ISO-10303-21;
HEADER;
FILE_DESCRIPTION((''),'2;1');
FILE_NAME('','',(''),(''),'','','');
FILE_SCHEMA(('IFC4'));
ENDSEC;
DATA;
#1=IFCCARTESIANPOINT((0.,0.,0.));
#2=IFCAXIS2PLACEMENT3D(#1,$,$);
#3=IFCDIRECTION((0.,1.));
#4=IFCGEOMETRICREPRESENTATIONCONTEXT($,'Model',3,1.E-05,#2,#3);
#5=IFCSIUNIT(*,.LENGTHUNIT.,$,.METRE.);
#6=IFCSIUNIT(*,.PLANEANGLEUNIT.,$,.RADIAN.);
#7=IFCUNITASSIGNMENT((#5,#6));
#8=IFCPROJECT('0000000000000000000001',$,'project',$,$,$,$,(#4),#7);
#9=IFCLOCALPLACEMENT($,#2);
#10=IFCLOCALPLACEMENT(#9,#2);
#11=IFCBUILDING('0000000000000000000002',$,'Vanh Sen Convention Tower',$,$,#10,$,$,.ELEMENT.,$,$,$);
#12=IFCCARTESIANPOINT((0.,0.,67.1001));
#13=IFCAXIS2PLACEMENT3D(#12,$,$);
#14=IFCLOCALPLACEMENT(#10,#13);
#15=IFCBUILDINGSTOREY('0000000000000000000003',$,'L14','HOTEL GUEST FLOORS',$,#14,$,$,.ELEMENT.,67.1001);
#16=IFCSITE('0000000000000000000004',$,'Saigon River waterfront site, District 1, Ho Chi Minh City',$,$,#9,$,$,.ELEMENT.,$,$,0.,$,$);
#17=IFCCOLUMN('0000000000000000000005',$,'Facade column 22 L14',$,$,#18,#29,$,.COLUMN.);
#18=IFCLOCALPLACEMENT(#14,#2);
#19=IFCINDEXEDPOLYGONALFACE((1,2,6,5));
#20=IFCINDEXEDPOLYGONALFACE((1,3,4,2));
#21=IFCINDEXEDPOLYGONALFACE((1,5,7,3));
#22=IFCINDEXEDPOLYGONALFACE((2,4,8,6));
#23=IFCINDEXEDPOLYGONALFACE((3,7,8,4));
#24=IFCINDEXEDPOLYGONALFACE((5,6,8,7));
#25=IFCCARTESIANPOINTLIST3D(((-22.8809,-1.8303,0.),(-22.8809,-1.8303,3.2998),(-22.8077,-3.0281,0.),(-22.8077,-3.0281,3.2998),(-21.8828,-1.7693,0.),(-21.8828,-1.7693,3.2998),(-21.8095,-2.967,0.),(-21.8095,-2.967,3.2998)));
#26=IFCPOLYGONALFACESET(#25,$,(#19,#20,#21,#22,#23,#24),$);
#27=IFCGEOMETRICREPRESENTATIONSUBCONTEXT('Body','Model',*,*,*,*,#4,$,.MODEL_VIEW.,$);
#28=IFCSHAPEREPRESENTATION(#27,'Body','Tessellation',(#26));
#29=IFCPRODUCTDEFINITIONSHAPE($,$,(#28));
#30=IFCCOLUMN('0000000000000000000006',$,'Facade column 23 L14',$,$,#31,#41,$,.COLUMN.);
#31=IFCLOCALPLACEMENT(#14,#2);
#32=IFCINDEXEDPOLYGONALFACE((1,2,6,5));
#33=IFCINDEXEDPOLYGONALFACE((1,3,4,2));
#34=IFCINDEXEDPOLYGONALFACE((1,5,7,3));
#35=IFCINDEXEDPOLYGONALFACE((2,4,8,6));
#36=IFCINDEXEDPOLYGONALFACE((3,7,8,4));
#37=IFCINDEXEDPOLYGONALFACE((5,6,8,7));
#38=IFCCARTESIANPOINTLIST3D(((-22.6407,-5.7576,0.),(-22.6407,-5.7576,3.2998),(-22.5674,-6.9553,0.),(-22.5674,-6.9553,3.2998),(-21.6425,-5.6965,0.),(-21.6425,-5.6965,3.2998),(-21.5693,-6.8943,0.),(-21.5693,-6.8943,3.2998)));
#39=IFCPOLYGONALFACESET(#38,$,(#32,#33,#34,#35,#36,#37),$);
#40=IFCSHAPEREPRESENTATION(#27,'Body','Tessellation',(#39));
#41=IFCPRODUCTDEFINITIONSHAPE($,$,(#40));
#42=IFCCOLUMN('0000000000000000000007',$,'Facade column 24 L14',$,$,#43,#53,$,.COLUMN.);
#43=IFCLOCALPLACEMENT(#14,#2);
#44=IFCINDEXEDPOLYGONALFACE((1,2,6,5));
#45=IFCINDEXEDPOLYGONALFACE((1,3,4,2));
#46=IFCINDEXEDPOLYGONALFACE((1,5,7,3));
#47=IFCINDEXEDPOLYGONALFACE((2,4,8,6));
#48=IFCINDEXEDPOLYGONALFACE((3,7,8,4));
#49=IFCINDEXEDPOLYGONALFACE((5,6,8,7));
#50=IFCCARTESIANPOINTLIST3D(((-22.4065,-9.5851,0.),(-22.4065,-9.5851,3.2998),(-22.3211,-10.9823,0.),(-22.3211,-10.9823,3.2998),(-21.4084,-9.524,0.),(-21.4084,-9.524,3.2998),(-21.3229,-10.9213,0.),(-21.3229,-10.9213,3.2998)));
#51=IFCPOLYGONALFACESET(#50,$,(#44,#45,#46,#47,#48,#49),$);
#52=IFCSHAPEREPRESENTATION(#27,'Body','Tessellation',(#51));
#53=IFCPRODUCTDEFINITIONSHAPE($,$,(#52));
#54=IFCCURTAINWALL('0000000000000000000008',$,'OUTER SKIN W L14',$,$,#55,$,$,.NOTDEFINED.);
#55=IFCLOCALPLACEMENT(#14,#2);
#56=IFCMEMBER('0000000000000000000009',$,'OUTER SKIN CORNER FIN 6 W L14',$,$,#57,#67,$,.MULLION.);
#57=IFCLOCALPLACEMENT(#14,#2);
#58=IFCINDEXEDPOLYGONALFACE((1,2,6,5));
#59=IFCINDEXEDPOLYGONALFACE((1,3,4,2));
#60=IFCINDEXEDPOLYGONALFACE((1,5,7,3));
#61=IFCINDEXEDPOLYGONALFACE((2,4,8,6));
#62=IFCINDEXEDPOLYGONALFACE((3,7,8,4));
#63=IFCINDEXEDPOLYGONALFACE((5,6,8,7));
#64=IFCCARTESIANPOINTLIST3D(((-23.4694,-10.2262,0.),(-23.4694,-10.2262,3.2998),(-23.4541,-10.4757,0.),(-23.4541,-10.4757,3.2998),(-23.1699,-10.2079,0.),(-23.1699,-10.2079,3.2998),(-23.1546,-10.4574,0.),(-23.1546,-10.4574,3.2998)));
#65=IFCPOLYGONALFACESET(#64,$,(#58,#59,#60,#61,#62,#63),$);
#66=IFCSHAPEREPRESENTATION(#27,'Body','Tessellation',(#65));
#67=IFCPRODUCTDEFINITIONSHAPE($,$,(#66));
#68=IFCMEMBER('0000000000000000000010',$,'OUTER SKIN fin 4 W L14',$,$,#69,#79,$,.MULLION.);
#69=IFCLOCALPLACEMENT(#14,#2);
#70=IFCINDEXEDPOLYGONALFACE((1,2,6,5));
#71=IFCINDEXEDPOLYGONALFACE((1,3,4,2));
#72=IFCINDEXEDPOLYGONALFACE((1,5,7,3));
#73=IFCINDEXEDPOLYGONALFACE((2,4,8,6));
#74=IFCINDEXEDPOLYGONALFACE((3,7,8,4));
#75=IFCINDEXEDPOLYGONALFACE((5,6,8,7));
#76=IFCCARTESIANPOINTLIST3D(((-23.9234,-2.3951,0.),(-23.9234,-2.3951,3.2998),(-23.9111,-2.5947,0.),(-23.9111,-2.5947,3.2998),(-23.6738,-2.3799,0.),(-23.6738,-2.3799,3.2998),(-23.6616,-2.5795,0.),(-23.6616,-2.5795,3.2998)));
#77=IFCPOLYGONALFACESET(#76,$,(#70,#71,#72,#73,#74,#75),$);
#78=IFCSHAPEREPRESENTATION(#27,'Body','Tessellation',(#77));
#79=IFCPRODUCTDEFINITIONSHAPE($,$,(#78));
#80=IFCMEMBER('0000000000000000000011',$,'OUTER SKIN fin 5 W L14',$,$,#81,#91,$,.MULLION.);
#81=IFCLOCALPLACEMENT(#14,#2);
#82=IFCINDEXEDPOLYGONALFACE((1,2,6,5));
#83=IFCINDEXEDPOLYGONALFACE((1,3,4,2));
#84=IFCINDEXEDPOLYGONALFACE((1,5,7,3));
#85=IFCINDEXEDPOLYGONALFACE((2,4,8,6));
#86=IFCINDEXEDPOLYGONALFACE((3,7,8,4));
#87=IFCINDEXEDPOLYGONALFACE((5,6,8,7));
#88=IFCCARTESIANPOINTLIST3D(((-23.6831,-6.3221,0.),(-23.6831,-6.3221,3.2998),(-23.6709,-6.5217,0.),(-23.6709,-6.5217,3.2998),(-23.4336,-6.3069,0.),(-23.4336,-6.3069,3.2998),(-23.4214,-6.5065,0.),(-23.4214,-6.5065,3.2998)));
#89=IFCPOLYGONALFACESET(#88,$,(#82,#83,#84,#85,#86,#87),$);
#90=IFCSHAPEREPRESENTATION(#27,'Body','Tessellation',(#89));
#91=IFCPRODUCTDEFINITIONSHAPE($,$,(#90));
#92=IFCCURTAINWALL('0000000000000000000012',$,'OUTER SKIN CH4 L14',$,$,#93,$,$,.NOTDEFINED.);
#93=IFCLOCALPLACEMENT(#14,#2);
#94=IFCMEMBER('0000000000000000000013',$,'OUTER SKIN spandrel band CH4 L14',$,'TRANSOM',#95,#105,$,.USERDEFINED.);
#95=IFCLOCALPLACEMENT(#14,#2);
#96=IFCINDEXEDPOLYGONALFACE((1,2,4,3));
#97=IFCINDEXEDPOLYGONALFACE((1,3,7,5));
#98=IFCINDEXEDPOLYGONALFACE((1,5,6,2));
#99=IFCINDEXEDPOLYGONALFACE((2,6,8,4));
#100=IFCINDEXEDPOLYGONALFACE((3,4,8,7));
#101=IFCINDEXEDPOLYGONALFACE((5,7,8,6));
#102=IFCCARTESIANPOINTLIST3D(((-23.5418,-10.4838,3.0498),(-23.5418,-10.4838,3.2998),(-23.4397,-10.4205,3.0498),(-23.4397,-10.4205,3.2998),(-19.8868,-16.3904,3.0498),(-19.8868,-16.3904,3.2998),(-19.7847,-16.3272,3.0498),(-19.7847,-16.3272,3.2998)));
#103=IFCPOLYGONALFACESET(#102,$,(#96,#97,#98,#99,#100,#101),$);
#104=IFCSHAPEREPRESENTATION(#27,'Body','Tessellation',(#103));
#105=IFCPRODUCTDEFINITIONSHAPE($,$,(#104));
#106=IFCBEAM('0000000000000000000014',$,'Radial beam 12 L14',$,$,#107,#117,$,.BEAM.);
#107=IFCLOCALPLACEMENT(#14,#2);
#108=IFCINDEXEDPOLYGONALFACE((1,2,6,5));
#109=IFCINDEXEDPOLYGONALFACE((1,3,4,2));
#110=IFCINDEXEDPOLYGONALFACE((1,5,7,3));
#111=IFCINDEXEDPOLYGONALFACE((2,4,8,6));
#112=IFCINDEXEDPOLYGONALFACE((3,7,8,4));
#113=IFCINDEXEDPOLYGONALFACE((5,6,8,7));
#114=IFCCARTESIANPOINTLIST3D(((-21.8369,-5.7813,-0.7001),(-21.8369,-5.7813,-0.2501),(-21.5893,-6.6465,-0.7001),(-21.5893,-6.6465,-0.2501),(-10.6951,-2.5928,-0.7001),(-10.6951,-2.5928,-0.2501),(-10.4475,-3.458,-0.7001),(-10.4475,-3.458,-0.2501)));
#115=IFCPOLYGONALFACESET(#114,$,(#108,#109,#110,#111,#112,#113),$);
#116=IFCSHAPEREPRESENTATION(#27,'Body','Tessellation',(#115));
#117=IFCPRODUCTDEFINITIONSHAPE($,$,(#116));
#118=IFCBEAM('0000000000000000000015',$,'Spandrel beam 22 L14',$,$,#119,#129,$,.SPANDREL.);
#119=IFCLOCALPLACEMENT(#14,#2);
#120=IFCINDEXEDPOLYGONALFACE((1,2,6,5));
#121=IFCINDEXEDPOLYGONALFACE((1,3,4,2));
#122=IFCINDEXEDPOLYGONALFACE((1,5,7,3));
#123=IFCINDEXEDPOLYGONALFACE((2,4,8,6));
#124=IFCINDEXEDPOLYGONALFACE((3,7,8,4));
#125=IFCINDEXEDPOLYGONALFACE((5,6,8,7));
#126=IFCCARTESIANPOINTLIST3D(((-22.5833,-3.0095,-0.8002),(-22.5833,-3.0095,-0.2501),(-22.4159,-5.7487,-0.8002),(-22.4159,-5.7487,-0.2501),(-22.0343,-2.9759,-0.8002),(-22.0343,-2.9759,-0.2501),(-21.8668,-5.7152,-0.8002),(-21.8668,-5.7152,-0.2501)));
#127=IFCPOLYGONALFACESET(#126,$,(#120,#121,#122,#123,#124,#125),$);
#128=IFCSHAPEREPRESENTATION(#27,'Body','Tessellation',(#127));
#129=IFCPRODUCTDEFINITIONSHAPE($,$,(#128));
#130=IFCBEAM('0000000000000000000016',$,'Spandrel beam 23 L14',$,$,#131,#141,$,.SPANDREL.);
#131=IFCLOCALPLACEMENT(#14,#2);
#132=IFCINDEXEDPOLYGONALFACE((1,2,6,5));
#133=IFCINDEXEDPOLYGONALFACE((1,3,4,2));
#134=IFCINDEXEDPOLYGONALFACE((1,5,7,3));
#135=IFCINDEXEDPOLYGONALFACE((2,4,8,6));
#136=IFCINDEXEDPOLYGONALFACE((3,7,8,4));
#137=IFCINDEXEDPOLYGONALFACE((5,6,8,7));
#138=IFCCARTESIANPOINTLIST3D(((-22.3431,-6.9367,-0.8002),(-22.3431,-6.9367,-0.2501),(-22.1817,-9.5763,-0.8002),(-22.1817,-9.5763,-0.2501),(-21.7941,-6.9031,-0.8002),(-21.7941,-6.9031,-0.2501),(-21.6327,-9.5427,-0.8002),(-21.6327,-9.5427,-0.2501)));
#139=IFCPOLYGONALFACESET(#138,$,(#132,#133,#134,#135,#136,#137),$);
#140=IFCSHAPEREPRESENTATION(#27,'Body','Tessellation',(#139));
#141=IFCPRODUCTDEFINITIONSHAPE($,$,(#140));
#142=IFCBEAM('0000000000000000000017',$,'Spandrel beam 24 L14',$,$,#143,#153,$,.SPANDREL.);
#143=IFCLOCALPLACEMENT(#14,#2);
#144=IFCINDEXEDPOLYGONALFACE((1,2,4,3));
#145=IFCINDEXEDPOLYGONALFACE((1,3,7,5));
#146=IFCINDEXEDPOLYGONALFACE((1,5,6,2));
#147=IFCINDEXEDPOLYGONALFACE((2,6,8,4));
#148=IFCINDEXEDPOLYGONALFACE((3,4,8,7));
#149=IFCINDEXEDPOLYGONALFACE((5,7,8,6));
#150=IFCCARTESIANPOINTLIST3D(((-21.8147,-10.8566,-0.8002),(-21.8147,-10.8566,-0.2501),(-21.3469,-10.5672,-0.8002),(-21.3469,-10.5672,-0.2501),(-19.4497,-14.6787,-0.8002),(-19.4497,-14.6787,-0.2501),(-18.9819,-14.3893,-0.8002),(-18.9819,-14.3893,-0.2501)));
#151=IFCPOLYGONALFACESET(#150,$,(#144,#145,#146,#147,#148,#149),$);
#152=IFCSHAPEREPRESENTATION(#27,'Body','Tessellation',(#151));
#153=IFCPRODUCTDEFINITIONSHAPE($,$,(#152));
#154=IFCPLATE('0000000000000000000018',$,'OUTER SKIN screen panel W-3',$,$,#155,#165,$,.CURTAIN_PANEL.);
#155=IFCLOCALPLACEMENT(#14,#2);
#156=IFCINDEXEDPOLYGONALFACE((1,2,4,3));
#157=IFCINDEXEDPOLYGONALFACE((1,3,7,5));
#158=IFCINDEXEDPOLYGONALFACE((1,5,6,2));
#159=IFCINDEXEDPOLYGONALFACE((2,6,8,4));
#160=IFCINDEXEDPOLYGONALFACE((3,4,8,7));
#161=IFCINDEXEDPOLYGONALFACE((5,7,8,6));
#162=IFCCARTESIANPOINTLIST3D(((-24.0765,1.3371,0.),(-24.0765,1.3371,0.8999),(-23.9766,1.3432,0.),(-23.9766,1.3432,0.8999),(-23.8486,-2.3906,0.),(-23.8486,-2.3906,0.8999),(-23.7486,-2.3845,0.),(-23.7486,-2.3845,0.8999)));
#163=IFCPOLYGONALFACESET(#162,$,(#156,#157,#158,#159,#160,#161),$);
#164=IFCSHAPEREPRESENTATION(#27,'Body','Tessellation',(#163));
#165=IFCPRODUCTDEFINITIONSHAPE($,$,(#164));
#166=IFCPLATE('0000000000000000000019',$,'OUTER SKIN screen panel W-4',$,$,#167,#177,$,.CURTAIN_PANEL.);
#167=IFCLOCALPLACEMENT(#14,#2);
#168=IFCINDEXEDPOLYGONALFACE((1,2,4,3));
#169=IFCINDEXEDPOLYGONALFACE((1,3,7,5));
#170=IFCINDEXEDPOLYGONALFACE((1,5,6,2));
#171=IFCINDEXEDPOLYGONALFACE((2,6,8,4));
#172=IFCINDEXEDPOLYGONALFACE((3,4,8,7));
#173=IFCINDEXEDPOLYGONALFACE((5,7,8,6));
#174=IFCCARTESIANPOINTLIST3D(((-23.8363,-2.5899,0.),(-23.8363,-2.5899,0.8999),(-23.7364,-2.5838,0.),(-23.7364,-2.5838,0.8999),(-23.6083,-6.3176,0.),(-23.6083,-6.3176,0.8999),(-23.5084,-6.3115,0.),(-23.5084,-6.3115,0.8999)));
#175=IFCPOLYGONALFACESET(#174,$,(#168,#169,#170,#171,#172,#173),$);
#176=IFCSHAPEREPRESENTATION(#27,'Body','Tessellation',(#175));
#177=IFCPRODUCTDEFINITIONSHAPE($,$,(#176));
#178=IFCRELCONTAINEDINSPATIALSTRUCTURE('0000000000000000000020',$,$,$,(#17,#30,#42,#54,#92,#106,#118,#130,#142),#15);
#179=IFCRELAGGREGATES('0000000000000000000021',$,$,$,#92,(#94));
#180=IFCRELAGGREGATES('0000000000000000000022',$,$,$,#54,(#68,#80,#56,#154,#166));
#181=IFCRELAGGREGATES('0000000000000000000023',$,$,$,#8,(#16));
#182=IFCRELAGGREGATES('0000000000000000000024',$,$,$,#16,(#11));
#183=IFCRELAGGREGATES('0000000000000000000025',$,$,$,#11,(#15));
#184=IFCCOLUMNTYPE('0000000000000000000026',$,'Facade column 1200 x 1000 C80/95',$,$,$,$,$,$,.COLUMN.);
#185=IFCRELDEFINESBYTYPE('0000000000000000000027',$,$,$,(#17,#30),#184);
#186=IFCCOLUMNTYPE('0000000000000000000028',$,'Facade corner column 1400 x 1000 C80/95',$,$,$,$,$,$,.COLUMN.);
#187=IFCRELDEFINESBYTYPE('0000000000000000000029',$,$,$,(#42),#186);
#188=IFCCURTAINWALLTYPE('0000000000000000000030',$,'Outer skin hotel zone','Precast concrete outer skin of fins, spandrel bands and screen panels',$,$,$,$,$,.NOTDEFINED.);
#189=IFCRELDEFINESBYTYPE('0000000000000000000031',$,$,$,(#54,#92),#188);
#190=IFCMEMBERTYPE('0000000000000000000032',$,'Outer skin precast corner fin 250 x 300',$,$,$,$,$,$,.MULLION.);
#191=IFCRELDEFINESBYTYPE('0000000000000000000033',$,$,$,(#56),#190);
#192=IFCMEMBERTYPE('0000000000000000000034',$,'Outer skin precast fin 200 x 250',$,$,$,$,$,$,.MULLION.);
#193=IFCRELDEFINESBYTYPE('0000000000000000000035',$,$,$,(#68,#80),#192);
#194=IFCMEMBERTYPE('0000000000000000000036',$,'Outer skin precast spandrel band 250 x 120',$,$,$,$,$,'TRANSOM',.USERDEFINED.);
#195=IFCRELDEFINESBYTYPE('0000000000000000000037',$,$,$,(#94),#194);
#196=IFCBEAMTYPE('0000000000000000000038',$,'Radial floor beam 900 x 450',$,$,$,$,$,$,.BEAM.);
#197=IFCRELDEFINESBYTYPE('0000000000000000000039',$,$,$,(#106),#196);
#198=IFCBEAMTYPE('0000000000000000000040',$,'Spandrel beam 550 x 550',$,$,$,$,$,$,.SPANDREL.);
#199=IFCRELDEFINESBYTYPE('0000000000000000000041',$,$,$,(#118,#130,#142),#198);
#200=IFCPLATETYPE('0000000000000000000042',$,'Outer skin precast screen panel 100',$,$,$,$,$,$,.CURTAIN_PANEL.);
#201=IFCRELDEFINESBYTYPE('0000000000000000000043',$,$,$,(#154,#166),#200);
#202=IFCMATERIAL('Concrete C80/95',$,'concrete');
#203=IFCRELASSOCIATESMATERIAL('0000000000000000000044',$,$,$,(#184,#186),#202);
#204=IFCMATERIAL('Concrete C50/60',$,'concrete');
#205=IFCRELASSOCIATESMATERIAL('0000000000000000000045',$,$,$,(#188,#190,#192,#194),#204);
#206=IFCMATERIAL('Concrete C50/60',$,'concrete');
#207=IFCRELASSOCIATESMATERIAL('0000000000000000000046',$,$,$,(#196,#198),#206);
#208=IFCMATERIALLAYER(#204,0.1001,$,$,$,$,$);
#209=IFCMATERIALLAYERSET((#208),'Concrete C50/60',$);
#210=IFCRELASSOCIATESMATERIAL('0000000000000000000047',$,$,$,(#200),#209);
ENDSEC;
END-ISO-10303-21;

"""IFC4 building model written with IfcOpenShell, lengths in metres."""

from ifc_helpers import new_model, si_unit, direction, frame, origin, origin_2d, place, context, subcontext, project, spatial, rectangle, extrude, material, layer, layer_set, material_profile, profile_set, type_object, element, aggregate, save


model = new_model("IFC4")

# Units and contexts
model_context = context("Model", 3, precision=1e-05, world=origin(), true_north=direction((0.0, 1.0)))
body_context = subcontext(model_context, "Body", "Model", "MODEL_VIEW")
ifc_project = project(units=[si_unit("LENGTHUNIT", "METRE"), si_unit("PLANEANGLEUNIT", "RADIAN")], contexts=[model_context])

# Site, building, storey
site_placement = place(None, origin())
site = spatial("IfcSite", under=ifc_project, at=site_placement, Name="Saigon River waterfront site, District 1, Ho Chi Minh City", CompositionType="ELEMENT", RefElevation=0.0)
building_placement = place(site_placement, origin())
building = spatial("IfcBuilding", under=site, at=building_placement, Name="Vanh Sen Convention Tower", CompositionType="ELEMENT")
storey_placement = place(building_placement, frame((0.0, 0.0, 67.1001)))
storey = spatial("IfcBuildingStorey", under=building, at=storey_placement, Name="L14", Description="HOTEL GUEST FLOORS", CompositionType="ELEMENT", Elevation=67.1001)

# Columns
ifc_material_1 = material(Name="Concrete C80/95", Category="concrete")
ifc_material_profile_1 = material_profile(ifc_material_1, rectangle(XDim=1.2, YDim=1.0, at=origin_2d()), Name="RC 1200X1000")
ifc_profile_set_1 = profile_set([ifc_material_profile_1], Name="Concrete C80/95")
column_type_1 = type_object("IfcColumnType", Name="Facade column 1200 x 1000 C80/95", PredefinedType="COLUMN", material=ifc_profile_set_1)
for number, where, z_axis, x_axis, name in (
    (1, (-22.3452, -2.3987, 0.0), (0.0, 0.0, 1.0), (0.061049, -0.998135, 0.0), "Facade column 22 L14"),
    (2, (-22.105, -6.3259, 0.0), (0.0, 0.0, 1.0), (0.061049, -0.998135, 0.0), "Facade column 23 L14"),
):
    element("IfcColumn", number, at=place(storey_placement, frame(where, z_axis=z_axis, x_axis=x_axis)), inside=storey, type_object=column_type_1, Name=name, PredefinedType="COLUMN", context=body_context, shape_type="SweptSolid", body=[
        extrude(rectangle(XDim=1.2, YDim=1.0, at=origin_2d()), origin(), (0.0, 0.0, 1.0), 3.2998),
    ])
ifc_material_profile_2 = material_profile(ifc_material_1, rectangle(XDim=1.3999, YDim=1.0, at=origin_2d()), Name="RC 1400X1000")
ifc_profile_set_2 = profile_set([ifc_material_profile_2], Name="Concrete C80/95")
column_type_2 = type_object("IfcColumnType", Name="Facade corner column 1400 x 1000 C80/95", PredefinedType="COLUMN", material=ifc_profile_set_2)
column_placement = place(storey_placement, frame((-21.8647, -10.2532, 0.0), z_axis=(0.0, 0.0, 1.0), x_axis=(0.061049, -0.998135, 0.0)))
element("IfcColumn", 3, at=column_placement, inside=storey, type_object=column_type_2, Name="Facade column 24 L14", PredefinedType="COLUMN", context=body_context, shape_type="SweptSolid", body=[
    extrude(rectangle(XDim=1.3999, YDim=1.0, at=origin_2d()), origin(), (0.0, 0.0, 1.0), 3.2998),
])

# Curtain wall, members
ifc_material_2 = material(Name="Concrete C50/60", Category="concrete")
curtain_wall_type = type_object("IfcCurtainWallType", Name="Outer skin hotel zone", Description="Precast concrete outer skin of fins, spandrel bands and screen panels", PredefinedType="NOTDEFINED", material=ifc_material_2)
curtain_wall_1_placement = place(storey_placement, origin())
curtain_wall_1 = element("IfcCurtainWall", 4, at=curtain_wall_1_placement, inside=storey, type_object=curtain_wall_type, Name="OUTER SKIN W L14", PredefinedType="NOTDEFINED")
ifc_material_profile_3 = material_profile(ifc_material_2, rectangle(XDim=0.25, YDim=0.3, at=origin_2d()), Name="Outer skin precast corner fin 250 x 300")
ifc_profile_set_3 = profile_set([ifc_material_profile_3], Name="Concrete C50/60")
member_type_1 = type_object("IfcMemberType", Name="Outer skin precast corner fin 250 x 300", PredefinedType="MULLION", material=ifc_profile_set_3)
member_1_placement = place(storey_placement, frame((-23.312, -10.3418, 0.0), z_axis=(0.0, 0.0, 1.0), x_axis=(0.061049, -0.998135, 0.0)))
member_1 = element("IfcMember", 5, at=member_1_placement, type_object=member_type_1, Name="OUTER SKIN CORNER FIN 6 W L14", PredefinedType="MULLION", context=body_context, shape_type="SweptSolid", body=[
    extrude(rectangle(XDim=0.25, YDim=0.3, at=origin_2d()), origin(), (0.0, 0.0, 1.0), 3.2998),
])
ifc_material_profile_4 = material_profile(ifc_material_2, rectangle(XDim=0.2, YDim=0.25, at=origin_2d()), Name="Outer skin precast fin 200 x 250")
ifc_profile_set_4 = profile_set([ifc_material_profile_4], Name="Concrete C50/60")
member_type_2 = type_object("IfcMemberType", Name="Outer skin precast fin 200 x 250", PredefinedType="MULLION", material=ifc_profile_set_4)
member_2_placement = place(storey_placement, frame((-23.7925, -2.4873, 0.0), z_axis=(0.0, 0.0, 1.0), x_axis=(0.061049, -0.998135, 0.0)))
member_2 = element("IfcMember", 6, at=member_2_placement, type_object=member_type_2, Name="OUTER SKIN fin 4 W L14", PredefinedType="MULLION", context=body_context, shape_type="SweptSolid", body=[
    extrude(rectangle(XDim=0.2, YDim=0.25, at=origin_2d()), origin(), (0.0, 0.0, 1.0), 3.2998),
])
member_3_placement = place(storey_placement, frame((-23.5522, -6.4143, 0.0), z_axis=(0.0, 0.0, 1.0), x_axis=(0.061049, -0.998135, 0.0)))
member_3 = element("IfcMember", 7, at=member_3_placement, type_object=member_type_2, Name="OUTER SKIN fin 5 W L14", PredefinedType="MULLION", context=body_context, shape_type="SweptSolid", body=[
    extrude(rectangle(XDim=0.2, YDim=0.25, at=origin_2d()), origin(), (0.0, 0.0, 1.0), 3.2998),
])

# Curtain wall, member
curtain_wall_2_placement = place(storey_placement, origin())
curtain_wall_2 = element("IfcCurtainWall", 8, at=curtain_wall_2_placement, inside=storey, type_object=curtain_wall_type, Name="OUTER SKIN CH4 L14", PredefinedType="NOTDEFINED")
ifc_material_profile_5 = material_profile(ifc_material_2, rectangle(XDim=0.1201, YDim=0.25, at=origin_2d()), Name="Outer skin precast spandrel band 250 x 120")
ifc_profile_set_5 = profile_set([ifc_material_profile_5], Name="Concrete C50/60")
member_type_3 = type_object("IfcMemberType", Name="Outer skin precast spandrel band 250 x 120", ElementType="TRANSOM", PredefinedType="USERDEFINED", material=ifc_profile_set_5)
member_4_placement = place(storey_placement, frame((-23.4907, -10.4521, 3.1748), z_axis=(0.526196, -0.850363, 0.0), x_axis=(0.850363, 0.526196, 0.0)))
member_4 = element("IfcMember", 9, at=member_4_placement, type_object=member_type_3, Name="OUTER SKIN spandrel band CH4 L14", ObjectType="TRANSOM", PredefinedType="USERDEFINED", context=body_context, shape_type="SweptSolid", body=[
    extrude(rectangle(XDim=0.1201, YDim=0.25, at=origin_2d()), origin(), (0.0, 0.0, 1.0), 6.946),
])
aggregate(curtain_wall_2, [member_4])

# Beams
ifc_material_3 = material(Name="Concrete C50/60", Category="concrete")
ifc_material_profile_6 = material_profile(ifc_material_3, rectangle(XDim=0.8999, YDim=0.45, at=origin_2d()), Name="RC 900X450")
ifc_profile_set_6 = profile_set([ifc_material_profile_6], Name="Concrete C50/60")
beam_type_1 = type_object("IfcBeamType", Name="Radial floor beam 900 x 450", PredefinedType="BEAM", material=ifc_profile_set_6)
beam_1_placement = place(storey_placement, frame((-21.7131, -6.2139, -0.4751), z_axis=(0.961408, 0.275127, 0.0), x_axis=(-0.275127, 0.961408, 0.0)))
element("IfcBeam", 10, at=beam_1_placement, inside=storey, type_object=beam_type_1, Name="Radial beam 12 L14", PredefinedType="BEAM", context=body_context, shape_type="SweptSolid", body=[
    extrude(rectangle(XDim=0.8999, YDim=0.45, at=origin_2d()), origin(), (0.0, 0.0, 1.0), 11.5891),
])
ifc_material_profile_7 = material_profile(ifc_material_3, rectangle(XDim=0.55, YDim=0.55, at=origin_2d()), Name="RC 550X550")
ifc_profile_set_7 = profile_set([ifc_material_profile_7], Name="Concrete C50/60")
beam_type_2 = type_object("IfcBeamType", Name="Spandrel beam 550 x 550", PredefinedType="SPANDREL", material=ifc_profile_set_7)
beam_2_placement = place(storey_placement, frame((-22.3088, -2.9927, -0.5251), z_axis=(0.061027, -0.998136, 0.0), x_axis=(0.998136, 0.061027, 0.0)))
element("IfcBeam", 11, at=beam_2_placement, inside=storey, type_object=beam_type_2, Name="Spandrel beam 22 L14", PredefinedType="SPANDREL", context=body_context, shape_type="SweptSolid", body=[
    extrude(rectangle(XDim=0.55, YDim=0.55, at=origin_2d()), origin(), (0.0, 0.0, 1.0), 2.7444),
])
beam_3_placement = place(storey_placement, frame((-22.0686, -6.9199, -0.5251), z_axis=(0.061022, -0.998136, 0.0), x_axis=(0.998136, 0.061022, 0.0)))
element("IfcBeam", 12, at=beam_3_placement, inside=storey, type_object=beam_type_2, Name="Spandrel beam 23 L14", PredefinedType="SPANDREL", context=body_context, shape_type="SweptSolid", body=[
    extrude(rectangle(XDim=0.55, YDim=0.55, at=origin_2d()), origin(), (0.0, 0.0, 1.0), 2.6445),
])
beam_4_placement = place(storey_placement, frame((-21.5808, -10.7119, -0.5251), z_axis=(0.52619, -0.850367, 0.0), x_axis=(0.850367, 0.52619, 0.0)))
element("IfcBeam", 13, at=beam_4_placement, inside=storey, type_object=beam_type_2, Name="Spandrel beam 24 L14", PredefinedType="SPANDREL", context=body_context, shape_type="SweptSolid", body=[
    extrude(rectangle(XDim=0.55, YDim=0.55, at=origin_2d()), origin(), (0.0, 0.0, 1.0), 4.4946),
])

# Plates
ifc_layer_1 = layer(ifc_material_2, 0.1001)
ifc_layer_set_1 = layer_set([ifc_layer_1], Name="Concrete C50/60")
plate_type = type_object("IfcPlateType", Name="Outer skin precast screen panel 100", PredefinedType="CURTAIN_PANEL", material=ifc_layer_set_1)
plate_1_placement = place(storey_placement, frame((-23.9126, -0.5237, 0.0), z_axis=(0.0, 0.0, 1.0), x_axis=(0.061047, -0.998135, 0.0)))
plate_1 = element("IfcPlate", 14, at=plate_1_placement, type_object=plate_type, Name="OUTER SKIN screen panel W-3", PredefinedType="CURTAIN_PANEL", context=body_context, shape_type="SweptSolid", body=[
    extrude(rectangle(XDim=3.7346, YDim=0.1001, at=origin_2d()), origin(), (0.0, 0.0, 1.0), 0.8999),
])
plate_2_placement = place(storey_placement, frame((-23.6724, -4.4507, 0.0), z_axis=(0.0, 0.0, 1.0), x_axis=(0.061049, -0.998135, 0.0)))
plate_2 = element("IfcPlate", 15, at=plate_2_placement, type_object=plate_type, Name="OUTER SKIN screen panel W-4", PredefinedType="CURTAIN_PANEL", context=body_context, shape_type="SweptSolid", body=[
    extrude(rectangle(XDim=3.7346, YDim=0.1001, at=origin_2d()), origin(), (0.0, 0.0, 1.0), 0.8999),
])
aggregate(curtain_wall_1, [member_2, member_3, member_1, plate_1, plate_2])

save(model, "model.ifc")
